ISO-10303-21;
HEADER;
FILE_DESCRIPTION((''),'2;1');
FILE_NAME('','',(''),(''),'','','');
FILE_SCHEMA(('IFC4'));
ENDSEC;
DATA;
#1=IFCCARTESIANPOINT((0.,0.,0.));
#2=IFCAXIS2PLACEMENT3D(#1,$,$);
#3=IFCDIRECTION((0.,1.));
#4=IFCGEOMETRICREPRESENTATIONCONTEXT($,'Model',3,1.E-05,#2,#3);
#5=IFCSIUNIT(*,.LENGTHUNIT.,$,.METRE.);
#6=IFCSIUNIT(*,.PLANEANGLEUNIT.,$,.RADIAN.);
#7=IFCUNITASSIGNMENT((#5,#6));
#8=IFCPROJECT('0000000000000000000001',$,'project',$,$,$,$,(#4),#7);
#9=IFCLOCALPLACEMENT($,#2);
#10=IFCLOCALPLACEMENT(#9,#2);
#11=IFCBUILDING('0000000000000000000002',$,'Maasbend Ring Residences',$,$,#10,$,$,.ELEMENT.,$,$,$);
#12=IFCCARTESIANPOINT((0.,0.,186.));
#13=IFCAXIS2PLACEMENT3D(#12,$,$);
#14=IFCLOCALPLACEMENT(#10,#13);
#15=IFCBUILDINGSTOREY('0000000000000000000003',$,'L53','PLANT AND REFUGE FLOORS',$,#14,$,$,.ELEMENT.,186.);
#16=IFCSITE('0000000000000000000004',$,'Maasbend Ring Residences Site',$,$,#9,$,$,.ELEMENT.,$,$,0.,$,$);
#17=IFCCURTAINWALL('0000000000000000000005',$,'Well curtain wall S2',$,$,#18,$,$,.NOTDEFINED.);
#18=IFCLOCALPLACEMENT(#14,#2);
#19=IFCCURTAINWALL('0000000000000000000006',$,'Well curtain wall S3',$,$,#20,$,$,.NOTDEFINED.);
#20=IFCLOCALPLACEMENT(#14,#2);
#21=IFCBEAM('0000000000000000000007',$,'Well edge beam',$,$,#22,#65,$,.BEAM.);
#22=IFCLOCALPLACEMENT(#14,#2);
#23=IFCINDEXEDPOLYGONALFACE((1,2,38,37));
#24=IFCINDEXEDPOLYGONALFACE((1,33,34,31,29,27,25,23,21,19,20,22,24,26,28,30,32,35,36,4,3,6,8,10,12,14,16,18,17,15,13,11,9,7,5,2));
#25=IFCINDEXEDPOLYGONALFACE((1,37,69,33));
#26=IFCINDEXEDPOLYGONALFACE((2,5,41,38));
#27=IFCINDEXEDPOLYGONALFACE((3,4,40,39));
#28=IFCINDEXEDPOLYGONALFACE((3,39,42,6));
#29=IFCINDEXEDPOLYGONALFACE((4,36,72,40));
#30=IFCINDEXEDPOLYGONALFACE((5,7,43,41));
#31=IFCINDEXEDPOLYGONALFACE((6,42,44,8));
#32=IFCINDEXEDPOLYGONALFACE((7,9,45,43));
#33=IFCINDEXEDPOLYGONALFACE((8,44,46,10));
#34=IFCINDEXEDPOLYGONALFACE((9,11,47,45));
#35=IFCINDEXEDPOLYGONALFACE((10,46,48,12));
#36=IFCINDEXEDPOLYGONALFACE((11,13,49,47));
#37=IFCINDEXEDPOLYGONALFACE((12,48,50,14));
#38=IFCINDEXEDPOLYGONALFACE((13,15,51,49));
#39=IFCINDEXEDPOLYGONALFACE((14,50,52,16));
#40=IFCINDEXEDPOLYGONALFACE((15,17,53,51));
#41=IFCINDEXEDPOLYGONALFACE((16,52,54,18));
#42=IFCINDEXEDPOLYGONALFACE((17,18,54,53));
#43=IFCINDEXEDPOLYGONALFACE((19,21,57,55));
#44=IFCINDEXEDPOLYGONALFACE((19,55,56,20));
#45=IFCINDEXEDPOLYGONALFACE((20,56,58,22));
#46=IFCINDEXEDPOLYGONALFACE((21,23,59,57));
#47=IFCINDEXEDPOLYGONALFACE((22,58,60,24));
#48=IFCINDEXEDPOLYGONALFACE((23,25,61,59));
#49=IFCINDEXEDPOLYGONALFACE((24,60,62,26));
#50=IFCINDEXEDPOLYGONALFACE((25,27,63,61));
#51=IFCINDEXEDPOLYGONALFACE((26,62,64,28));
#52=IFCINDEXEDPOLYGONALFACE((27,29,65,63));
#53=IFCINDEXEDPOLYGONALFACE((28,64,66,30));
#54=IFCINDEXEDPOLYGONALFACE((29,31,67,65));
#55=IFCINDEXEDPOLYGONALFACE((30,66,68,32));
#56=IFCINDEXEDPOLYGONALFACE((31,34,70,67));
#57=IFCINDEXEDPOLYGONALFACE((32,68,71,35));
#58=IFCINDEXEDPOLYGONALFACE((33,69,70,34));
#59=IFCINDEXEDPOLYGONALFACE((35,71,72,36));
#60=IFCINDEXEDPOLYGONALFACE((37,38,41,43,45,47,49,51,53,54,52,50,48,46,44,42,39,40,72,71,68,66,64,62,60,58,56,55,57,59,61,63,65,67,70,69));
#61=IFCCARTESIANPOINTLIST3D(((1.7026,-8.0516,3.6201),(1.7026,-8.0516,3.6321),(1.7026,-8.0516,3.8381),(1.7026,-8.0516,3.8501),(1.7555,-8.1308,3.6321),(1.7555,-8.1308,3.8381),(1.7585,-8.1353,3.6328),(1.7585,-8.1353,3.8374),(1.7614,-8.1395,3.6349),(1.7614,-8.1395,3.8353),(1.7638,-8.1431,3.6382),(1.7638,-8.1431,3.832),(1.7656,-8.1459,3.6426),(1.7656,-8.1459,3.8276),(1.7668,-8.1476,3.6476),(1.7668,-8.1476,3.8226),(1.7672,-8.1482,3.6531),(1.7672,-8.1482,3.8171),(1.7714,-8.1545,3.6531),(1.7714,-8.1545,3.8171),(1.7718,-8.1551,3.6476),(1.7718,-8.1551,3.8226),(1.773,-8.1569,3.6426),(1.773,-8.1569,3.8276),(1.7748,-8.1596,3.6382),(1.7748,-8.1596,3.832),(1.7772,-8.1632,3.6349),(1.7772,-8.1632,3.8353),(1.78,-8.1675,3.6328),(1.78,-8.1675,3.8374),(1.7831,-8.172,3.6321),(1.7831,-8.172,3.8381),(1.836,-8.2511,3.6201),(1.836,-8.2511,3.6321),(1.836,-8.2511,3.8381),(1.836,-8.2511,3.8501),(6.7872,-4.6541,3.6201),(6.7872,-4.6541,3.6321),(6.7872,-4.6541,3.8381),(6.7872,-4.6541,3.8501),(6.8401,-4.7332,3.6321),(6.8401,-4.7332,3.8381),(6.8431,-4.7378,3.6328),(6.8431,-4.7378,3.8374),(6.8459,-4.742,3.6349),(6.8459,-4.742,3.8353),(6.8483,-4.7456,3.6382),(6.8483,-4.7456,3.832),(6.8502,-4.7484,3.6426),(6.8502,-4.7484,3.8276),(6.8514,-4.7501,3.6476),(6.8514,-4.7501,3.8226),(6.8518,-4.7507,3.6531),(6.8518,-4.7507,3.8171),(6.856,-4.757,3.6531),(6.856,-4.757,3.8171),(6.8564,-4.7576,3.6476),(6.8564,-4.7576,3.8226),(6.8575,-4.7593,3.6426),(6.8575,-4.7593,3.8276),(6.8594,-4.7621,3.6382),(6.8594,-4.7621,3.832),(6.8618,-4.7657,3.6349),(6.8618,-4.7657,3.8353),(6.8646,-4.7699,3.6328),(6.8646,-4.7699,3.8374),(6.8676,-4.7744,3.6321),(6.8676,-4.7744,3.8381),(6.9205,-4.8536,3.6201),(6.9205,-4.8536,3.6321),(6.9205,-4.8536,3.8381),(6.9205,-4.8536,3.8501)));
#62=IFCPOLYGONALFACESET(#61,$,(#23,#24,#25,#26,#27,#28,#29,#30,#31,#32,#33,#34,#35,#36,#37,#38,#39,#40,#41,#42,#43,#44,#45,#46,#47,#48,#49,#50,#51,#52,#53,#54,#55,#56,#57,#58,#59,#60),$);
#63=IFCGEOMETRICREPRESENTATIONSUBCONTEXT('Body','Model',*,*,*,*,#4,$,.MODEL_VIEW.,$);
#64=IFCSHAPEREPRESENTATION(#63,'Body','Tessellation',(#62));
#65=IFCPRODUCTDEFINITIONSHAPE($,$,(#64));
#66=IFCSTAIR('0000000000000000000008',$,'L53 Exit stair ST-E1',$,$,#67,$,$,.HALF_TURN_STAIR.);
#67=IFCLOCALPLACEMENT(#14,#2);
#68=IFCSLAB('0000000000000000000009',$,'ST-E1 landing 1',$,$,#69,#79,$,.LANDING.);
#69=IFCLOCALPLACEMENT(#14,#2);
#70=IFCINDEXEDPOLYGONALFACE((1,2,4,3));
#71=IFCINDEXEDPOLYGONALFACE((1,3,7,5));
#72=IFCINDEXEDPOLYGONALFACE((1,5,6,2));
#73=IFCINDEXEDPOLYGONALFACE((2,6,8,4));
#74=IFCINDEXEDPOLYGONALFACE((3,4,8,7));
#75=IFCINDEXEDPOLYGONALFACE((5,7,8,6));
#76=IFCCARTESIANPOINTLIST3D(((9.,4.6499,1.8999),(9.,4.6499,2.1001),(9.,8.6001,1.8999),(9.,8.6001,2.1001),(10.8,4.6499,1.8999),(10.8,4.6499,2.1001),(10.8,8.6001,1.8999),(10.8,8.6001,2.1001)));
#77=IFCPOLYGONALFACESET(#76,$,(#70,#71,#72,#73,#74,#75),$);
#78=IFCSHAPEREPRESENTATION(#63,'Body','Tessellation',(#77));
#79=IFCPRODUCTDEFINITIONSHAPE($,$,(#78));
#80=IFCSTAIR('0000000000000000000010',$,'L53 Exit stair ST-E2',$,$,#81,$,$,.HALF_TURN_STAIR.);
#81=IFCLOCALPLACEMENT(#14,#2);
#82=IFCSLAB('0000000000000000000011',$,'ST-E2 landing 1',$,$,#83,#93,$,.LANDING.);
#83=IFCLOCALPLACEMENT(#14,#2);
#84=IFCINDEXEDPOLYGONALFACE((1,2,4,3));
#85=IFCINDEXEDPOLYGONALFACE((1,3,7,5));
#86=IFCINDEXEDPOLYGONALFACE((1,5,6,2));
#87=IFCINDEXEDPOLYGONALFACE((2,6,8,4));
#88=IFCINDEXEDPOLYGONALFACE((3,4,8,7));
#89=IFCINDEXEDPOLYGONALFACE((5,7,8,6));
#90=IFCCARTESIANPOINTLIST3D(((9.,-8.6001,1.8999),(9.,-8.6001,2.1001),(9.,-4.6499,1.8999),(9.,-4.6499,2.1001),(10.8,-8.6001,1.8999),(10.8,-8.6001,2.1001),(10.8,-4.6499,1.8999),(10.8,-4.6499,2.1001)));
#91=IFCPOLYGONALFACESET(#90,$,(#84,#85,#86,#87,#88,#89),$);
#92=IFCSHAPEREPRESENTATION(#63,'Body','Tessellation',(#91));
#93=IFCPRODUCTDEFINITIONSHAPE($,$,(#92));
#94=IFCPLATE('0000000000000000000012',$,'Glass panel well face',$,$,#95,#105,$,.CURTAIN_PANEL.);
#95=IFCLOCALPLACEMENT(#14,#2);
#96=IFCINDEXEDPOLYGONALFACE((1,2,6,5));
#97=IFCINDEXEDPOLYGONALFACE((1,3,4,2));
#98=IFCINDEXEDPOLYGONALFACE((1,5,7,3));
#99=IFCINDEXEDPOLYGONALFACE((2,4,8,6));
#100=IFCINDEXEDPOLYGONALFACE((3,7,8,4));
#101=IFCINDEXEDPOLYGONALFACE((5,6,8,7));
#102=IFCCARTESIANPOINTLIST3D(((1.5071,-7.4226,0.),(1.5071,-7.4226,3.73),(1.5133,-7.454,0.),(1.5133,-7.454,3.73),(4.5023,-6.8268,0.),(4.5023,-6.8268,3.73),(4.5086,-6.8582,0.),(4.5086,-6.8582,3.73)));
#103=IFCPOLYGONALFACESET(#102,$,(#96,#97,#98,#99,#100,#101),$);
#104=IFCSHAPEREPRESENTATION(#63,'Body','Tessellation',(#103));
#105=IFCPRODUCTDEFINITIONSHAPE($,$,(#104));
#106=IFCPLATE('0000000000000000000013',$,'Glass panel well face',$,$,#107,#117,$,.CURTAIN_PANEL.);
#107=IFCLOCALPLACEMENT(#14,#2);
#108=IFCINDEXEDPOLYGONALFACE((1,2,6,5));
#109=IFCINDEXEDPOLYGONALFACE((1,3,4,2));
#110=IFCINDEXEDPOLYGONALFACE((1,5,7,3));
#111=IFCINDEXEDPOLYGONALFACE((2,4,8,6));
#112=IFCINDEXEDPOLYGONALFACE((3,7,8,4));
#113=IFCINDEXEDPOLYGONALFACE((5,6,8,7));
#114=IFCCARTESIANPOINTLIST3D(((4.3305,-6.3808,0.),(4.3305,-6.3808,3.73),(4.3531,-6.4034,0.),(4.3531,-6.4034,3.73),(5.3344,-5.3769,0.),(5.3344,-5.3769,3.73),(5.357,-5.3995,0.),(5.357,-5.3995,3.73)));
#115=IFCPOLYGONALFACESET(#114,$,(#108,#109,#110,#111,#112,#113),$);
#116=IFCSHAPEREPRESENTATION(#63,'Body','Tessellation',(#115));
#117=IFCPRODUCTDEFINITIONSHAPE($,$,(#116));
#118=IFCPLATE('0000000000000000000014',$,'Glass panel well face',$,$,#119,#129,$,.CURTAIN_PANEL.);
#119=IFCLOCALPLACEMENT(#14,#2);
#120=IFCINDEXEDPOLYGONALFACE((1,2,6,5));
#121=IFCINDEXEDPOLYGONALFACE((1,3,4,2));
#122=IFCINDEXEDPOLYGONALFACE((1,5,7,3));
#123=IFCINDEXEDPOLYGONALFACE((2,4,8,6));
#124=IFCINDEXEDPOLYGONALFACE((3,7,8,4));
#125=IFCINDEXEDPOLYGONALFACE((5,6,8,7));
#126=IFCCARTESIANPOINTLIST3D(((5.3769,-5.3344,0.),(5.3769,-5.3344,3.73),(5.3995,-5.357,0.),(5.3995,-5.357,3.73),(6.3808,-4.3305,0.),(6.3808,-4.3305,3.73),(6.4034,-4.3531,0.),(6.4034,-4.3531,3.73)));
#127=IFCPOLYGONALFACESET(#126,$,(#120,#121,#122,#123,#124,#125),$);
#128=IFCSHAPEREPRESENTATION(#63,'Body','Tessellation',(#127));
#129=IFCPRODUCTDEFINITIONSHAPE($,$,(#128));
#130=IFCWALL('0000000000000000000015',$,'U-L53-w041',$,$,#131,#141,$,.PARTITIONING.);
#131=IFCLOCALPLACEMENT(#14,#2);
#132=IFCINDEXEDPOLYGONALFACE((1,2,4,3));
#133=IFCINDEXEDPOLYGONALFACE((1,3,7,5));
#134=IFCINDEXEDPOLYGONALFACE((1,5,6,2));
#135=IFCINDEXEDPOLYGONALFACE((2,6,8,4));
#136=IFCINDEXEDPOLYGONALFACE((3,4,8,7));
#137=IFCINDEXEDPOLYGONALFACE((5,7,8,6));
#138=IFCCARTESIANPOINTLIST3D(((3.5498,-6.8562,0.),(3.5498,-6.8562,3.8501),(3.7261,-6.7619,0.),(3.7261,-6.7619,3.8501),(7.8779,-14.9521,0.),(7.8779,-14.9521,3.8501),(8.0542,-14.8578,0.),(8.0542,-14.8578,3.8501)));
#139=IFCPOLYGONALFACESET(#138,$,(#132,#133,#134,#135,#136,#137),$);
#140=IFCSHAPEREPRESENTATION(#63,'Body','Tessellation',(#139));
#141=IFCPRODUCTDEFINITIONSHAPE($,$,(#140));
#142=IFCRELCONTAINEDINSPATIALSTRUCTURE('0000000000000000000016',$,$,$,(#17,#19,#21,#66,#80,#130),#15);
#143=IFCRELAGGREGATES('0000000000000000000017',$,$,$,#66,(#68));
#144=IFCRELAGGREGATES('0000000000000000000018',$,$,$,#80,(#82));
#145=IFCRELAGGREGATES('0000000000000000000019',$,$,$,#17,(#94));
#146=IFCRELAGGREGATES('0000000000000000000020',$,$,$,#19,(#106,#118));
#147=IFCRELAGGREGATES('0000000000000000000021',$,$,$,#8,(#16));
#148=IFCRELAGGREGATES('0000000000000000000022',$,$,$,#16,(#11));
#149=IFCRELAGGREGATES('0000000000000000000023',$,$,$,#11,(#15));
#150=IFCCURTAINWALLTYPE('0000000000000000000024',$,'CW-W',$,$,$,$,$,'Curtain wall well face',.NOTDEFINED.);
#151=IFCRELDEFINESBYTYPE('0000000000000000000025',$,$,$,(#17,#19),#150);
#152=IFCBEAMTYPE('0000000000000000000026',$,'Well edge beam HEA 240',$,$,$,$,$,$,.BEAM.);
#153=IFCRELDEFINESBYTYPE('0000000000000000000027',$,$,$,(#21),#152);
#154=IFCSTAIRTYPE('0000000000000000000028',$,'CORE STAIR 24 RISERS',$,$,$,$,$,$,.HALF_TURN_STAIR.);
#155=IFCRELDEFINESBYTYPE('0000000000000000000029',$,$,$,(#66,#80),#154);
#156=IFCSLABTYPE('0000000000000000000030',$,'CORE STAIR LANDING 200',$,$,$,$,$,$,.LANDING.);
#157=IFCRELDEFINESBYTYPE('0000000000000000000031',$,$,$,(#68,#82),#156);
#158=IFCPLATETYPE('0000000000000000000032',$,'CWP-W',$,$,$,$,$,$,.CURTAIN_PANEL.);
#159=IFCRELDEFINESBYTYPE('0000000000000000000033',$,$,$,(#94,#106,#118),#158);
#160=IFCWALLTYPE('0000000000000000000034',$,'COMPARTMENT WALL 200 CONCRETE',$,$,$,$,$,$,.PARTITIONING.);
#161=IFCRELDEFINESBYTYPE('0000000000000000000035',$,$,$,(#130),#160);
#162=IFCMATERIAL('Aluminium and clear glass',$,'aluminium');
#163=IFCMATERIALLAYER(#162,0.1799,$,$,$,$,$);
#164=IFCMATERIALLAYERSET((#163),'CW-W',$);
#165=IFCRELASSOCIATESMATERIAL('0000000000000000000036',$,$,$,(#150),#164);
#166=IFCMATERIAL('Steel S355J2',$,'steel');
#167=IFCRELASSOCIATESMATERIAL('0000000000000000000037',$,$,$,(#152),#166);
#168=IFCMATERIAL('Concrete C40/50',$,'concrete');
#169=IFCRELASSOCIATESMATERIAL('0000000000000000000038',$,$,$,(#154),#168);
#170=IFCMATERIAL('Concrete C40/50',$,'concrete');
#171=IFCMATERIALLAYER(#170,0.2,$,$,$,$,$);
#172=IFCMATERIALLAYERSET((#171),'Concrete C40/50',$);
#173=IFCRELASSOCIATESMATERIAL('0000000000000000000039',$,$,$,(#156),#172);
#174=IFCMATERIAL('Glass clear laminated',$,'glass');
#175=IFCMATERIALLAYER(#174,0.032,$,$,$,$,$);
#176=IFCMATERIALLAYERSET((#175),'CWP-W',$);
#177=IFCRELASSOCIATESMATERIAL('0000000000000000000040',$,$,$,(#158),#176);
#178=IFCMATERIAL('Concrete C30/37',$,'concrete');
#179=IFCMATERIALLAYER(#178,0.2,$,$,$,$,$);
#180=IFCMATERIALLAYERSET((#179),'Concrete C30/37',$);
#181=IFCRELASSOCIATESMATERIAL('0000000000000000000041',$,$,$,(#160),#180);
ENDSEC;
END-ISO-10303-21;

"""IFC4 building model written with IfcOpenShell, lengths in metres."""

from ifc_helpers import new_model, si_unit, direction, frame, frame_2d, origin, origin_2d, place, context, subcontext, project, spatial, polyline, rectangle, i_section, outline, extrude, material, layer, layer_set, material_profile, profile_set, type_object, element, aggregate, save


model = new_model("IFC4")

# Units and contexts
model_context = context("Model", 3, precision=1e-05, world=origin(), true_north=direction((0.0, 1.0)))
body_context = subcontext(model_context, "Body", "Model", "MODEL_VIEW")
ifc_project = project(units=[si_unit("LENGTHUNIT", "METRE"), si_unit("PLANEANGLEUNIT", "RADIAN")], contexts=[model_context])

# Site, building, storey
site_placement = place(None, origin())
site = spatial("IfcSite", under=ifc_project, at=site_placement, Name="Maasbend Ring Residences Site", CompositionType="ELEMENT", RefElevation=0.0)
building_placement = place(site_placement, origin())
building = spatial("IfcBuilding", under=site, at=building_placement, Name="Maasbend Ring Residences", CompositionType="ELEMENT")
storey_placement = place(building_placement, frame((0.0, 0.0, 186.0)))
storey = spatial("IfcBuildingStorey", under=building, at=storey_placement, Name="L53", Description="PLANT AND REFUGE FLOORS", CompositionType="ELEMENT", Elevation=186.0)

# Curtain walls
ifc_material_1 = material(Name="Aluminium and clear glass", Category="aluminium")
ifc_layer_1 = layer(ifc_material_1, 0.1799)
ifc_layer_set_1 = layer_set([ifc_layer_1], Name="CW-W")
curtain_wall_type = type_object("IfcCurtainWallType", Name="CW-W", ElementType="Curtain wall well face", PredefinedType="NOTDEFINED", material=ifc_layer_set_1)
curtain_wall_1_placement = place(storey_placement, origin())
curtain_wall_1 = element("IfcCurtainWall", 1, at=curtain_wall_1_placement, inside=storey, type_object=curtain_wall_type, Name="Well curtain wall S2", PredefinedType="NOTDEFINED")
curtain_wall_2_placement = place(storey_placement, origin())
curtain_wall_2 = element("IfcCurtainWall", 2, at=curtain_wall_2_placement, inside=storey, type_object=curtain_wall_type, Name="Well curtain wall S3", PredefinedType="NOTDEFINED")

# Beam
ifc_material_2 = material(Name="Steel S355J2", Category="steel")
ifc_material_profile_1 = material_profile(ifc_material_2, i_section(OverallWidth=0.24, OverallDepth=0.23, WebThickness=0.0076, FlangeThickness=0.012, FilletRadius=0.021, at=origin_2d()), Name="HEA 240")
ifc_profile_set_1 = profile_set([ifc_material_profile_1], Name="Steel S355J2")
beam_type = type_object("IfcBeamType", Name="Well edge beam HEA 240", PredefinedType="BEAM", material=ifc_profile_set_1)
beam_placement = place(storey_placement, frame((1.7693, -8.1514, 3.7351), z_axis=(0.83146, 0.555584, 0.0), x_axis=(-0.555584, 0.83146, 0.0)))
element("IfcBeam", 3, at=beam_placement, inside=storey, type_object=beam_type, Name="Well edge beam", PredefinedType="BEAM", context=body_context, shape_type="SweptSolid", body=[
    extrude(i_section(OverallWidth=0.24, OverallDepth=0.23, WebThickness=0.0076, FlangeThickness=0.012, FilletRadius=0.021, at=origin_2d()), origin(), (0.0, 0.0, 1.0), 6.1152),
])

# Stairs, slabs
ifc_material_3 = material(Name="Concrete C40/50", Category="concrete")
stair_type = type_object("IfcStairType", Name="CORE STAIR 24 RISERS", PredefinedType="HALF_TURN_STAIR", material=ifc_material_3)
stair_1_placement = place(storey_placement, origin())
stair_1 = element("IfcStair", 4, at=stair_1_placement, inside=storey, type_object=stair_type, Name="L53 Exit stair ST-E1", PredefinedType="HALF_TURN_STAIR")
ifc_material_4 = material(Name="Concrete C40/50", Category="concrete")
ifc_layer_2 = layer(ifc_material_4, 0.2)
ifc_layer_set_2 = layer_set([ifc_layer_2], Name="Concrete C40/50")
slab_type_1 = type_object("IfcSlabType", Name="CORE STAIR LANDING 200", PredefinedType="LANDING", material=ifc_layer_set_2)
slab_1_placement = place(storey_placement, frame((0.0, 0.0, 1.8999)))
slab_1 = element("IfcSlab", 5, at=slab_1_placement, type_object=slab_type_1, Name="ST-E1 landing 1", PredefinedType="LANDING", context=body_context, shape_type="SweptSolid", body=[
    extrude(outline(polyline([(10.8, 8.6001), (9.0, 8.6001), (9.0, 4.6499), (10.8, 4.6499), (10.8, 8.6001)])), origin(), (0.0, 0.0, 1.0), 0.2002),
])
aggregate(stair_1, [slab_1])
stair_2_placement = place(storey_placement, origin())
stair_2 = element("IfcStair", 6, at=stair_2_placement, inside=storey, type_object=stair_type, Name="L53 Exit stair ST-E2", PredefinedType="HALF_TURN_STAIR")
slab_2_placement = place(storey_placement, frame((0.0, 0.0, 1.8999)))
slab_2 = element("IfcSlab", 7, at=slab_2_placement, type_object=slab_type_1, Name="ST-E2 landing 1", PredefinedType="LANDING", context=body_context, shape_type="SweptSolid", body=[
    extrude(outline(polyline([(10.8, -4.6499), (9.0, -4.6499), (9.0, -8.6001), (10.8, -8.6001), (10.8, -4.6499)])), origin(), (0.0, 0.0, 1.0), 0.2002),
])
aggregate(stair_2, [slab_2])

# Plates
ifc_material_5 = material(Name="Glass clear laminated", Category="glass")
ifc_layer_3 = layer(ifc_material_5, 0.032)
ifc_layer_set_3 = layer_set([ifc_layer_3], Name="CWP-W")
plate_type = type_object("IfcPlateType", Name="CWP-W", PredefinedType="CURTAIN_PANEL", material=ifc_layer_set_3)
plate_1_placement = place(storey_placement, frame((3.0078, -7.1404, 0.0), z_axis=(0.0, 0.0, 1.0), x_axis=(0.980785, 0.19509, 0.0)))
plate_1 = element("IfcPlate", 8, at=plate_1_placement, type_object=plate_type, Name="Glass panel well face", PredefinedType="CURTAIN_PANEL", context=body_context, shape_type="SweptSolid", body=[
    extrude(rectangle(XDim=3.054, YDim=0.032, at=origin_2d()), origin(), (0.0, 0.0, 1.0), 3.73),
])
aggregate(curtain_wall_1, [plate_1])
plate_2_placement = place(storey_placement, frame((4.8438, -5.8901, 0.0), z_axis=(0.0, 0.0, 1.0), x_axis=(0.707107, 0.707107, 0.0)))
plate_2 = element("IfcPlate", 9, at=plate_2_placement, type_object=plate_type, Name="Glass panel well face", PredefinedType="CURTAIN_PANEL", context=body_context, shape_type="SweptSolid", body=[
    extrude(rectangle(XDim=1.4197, YDim=0.032, at=origin_2d()), origin(), (0.0, 0.0, 1.0), 3.73),
])
plate_3_placement = place(storey_placement, frame((5.8901, -4.8438, 0.0), z_axis=(0.0, 0.0, 1.0), x_axis=(0.707107, 0.707107, 0.0)))
plate_3 = element("IfcPlate", 10, at=plate_3_placement, type_object=plate_type, Name="Glass panel well face", PredefinedType="CURTAIN_PANEL", context=body_context, shape_type="SweptSolid", body=[
    extrude(rectangle(XDim=1.4197, YDim=0.032, at=origin_2d()), origin(), (0.0, 0.0, 1.0), 3.73),
])
aggregate(curtain_wall_2, [plate_2, plate_3])

# Wall
ifc_material_6 = material(Name="Concrete C30/37", Category="concrete")
ifc_layer_4 = layer(ifc_material_6, 0.2)
ifc_layer_set_4 = layer_set([ifc_layer_4], Name="Concrete C30/37")
wall_type = type_object("IfcWallType", Name="COMPARTMENT WALL 200 CONCRETE", PredefinedType="PARTITIONING", material=ifc_layer_set_4)
wall_placement = place(storey_placement, frame((3.6379, -6.8091, 0.0), z_axis=(0.0, 0.0, 1.0), x_axis=(0.47146, -0.881887, 0.0)))
element("IfcWall", 11, at=wall_placement, inside=storey, type_object=wall_type, Name="U-L53-w041", PredefinedType="PARTITIONING", context=body_context, shape_type="SweptSolid", body=[
    extrude(rectangle(XDim=9.1802, YDim=0.2, at=frame_2d((4.5901, 0.0))), origin(), (0.0, 0.0, 1.0), 3.8501),
])

save(model, "model.ifc")
